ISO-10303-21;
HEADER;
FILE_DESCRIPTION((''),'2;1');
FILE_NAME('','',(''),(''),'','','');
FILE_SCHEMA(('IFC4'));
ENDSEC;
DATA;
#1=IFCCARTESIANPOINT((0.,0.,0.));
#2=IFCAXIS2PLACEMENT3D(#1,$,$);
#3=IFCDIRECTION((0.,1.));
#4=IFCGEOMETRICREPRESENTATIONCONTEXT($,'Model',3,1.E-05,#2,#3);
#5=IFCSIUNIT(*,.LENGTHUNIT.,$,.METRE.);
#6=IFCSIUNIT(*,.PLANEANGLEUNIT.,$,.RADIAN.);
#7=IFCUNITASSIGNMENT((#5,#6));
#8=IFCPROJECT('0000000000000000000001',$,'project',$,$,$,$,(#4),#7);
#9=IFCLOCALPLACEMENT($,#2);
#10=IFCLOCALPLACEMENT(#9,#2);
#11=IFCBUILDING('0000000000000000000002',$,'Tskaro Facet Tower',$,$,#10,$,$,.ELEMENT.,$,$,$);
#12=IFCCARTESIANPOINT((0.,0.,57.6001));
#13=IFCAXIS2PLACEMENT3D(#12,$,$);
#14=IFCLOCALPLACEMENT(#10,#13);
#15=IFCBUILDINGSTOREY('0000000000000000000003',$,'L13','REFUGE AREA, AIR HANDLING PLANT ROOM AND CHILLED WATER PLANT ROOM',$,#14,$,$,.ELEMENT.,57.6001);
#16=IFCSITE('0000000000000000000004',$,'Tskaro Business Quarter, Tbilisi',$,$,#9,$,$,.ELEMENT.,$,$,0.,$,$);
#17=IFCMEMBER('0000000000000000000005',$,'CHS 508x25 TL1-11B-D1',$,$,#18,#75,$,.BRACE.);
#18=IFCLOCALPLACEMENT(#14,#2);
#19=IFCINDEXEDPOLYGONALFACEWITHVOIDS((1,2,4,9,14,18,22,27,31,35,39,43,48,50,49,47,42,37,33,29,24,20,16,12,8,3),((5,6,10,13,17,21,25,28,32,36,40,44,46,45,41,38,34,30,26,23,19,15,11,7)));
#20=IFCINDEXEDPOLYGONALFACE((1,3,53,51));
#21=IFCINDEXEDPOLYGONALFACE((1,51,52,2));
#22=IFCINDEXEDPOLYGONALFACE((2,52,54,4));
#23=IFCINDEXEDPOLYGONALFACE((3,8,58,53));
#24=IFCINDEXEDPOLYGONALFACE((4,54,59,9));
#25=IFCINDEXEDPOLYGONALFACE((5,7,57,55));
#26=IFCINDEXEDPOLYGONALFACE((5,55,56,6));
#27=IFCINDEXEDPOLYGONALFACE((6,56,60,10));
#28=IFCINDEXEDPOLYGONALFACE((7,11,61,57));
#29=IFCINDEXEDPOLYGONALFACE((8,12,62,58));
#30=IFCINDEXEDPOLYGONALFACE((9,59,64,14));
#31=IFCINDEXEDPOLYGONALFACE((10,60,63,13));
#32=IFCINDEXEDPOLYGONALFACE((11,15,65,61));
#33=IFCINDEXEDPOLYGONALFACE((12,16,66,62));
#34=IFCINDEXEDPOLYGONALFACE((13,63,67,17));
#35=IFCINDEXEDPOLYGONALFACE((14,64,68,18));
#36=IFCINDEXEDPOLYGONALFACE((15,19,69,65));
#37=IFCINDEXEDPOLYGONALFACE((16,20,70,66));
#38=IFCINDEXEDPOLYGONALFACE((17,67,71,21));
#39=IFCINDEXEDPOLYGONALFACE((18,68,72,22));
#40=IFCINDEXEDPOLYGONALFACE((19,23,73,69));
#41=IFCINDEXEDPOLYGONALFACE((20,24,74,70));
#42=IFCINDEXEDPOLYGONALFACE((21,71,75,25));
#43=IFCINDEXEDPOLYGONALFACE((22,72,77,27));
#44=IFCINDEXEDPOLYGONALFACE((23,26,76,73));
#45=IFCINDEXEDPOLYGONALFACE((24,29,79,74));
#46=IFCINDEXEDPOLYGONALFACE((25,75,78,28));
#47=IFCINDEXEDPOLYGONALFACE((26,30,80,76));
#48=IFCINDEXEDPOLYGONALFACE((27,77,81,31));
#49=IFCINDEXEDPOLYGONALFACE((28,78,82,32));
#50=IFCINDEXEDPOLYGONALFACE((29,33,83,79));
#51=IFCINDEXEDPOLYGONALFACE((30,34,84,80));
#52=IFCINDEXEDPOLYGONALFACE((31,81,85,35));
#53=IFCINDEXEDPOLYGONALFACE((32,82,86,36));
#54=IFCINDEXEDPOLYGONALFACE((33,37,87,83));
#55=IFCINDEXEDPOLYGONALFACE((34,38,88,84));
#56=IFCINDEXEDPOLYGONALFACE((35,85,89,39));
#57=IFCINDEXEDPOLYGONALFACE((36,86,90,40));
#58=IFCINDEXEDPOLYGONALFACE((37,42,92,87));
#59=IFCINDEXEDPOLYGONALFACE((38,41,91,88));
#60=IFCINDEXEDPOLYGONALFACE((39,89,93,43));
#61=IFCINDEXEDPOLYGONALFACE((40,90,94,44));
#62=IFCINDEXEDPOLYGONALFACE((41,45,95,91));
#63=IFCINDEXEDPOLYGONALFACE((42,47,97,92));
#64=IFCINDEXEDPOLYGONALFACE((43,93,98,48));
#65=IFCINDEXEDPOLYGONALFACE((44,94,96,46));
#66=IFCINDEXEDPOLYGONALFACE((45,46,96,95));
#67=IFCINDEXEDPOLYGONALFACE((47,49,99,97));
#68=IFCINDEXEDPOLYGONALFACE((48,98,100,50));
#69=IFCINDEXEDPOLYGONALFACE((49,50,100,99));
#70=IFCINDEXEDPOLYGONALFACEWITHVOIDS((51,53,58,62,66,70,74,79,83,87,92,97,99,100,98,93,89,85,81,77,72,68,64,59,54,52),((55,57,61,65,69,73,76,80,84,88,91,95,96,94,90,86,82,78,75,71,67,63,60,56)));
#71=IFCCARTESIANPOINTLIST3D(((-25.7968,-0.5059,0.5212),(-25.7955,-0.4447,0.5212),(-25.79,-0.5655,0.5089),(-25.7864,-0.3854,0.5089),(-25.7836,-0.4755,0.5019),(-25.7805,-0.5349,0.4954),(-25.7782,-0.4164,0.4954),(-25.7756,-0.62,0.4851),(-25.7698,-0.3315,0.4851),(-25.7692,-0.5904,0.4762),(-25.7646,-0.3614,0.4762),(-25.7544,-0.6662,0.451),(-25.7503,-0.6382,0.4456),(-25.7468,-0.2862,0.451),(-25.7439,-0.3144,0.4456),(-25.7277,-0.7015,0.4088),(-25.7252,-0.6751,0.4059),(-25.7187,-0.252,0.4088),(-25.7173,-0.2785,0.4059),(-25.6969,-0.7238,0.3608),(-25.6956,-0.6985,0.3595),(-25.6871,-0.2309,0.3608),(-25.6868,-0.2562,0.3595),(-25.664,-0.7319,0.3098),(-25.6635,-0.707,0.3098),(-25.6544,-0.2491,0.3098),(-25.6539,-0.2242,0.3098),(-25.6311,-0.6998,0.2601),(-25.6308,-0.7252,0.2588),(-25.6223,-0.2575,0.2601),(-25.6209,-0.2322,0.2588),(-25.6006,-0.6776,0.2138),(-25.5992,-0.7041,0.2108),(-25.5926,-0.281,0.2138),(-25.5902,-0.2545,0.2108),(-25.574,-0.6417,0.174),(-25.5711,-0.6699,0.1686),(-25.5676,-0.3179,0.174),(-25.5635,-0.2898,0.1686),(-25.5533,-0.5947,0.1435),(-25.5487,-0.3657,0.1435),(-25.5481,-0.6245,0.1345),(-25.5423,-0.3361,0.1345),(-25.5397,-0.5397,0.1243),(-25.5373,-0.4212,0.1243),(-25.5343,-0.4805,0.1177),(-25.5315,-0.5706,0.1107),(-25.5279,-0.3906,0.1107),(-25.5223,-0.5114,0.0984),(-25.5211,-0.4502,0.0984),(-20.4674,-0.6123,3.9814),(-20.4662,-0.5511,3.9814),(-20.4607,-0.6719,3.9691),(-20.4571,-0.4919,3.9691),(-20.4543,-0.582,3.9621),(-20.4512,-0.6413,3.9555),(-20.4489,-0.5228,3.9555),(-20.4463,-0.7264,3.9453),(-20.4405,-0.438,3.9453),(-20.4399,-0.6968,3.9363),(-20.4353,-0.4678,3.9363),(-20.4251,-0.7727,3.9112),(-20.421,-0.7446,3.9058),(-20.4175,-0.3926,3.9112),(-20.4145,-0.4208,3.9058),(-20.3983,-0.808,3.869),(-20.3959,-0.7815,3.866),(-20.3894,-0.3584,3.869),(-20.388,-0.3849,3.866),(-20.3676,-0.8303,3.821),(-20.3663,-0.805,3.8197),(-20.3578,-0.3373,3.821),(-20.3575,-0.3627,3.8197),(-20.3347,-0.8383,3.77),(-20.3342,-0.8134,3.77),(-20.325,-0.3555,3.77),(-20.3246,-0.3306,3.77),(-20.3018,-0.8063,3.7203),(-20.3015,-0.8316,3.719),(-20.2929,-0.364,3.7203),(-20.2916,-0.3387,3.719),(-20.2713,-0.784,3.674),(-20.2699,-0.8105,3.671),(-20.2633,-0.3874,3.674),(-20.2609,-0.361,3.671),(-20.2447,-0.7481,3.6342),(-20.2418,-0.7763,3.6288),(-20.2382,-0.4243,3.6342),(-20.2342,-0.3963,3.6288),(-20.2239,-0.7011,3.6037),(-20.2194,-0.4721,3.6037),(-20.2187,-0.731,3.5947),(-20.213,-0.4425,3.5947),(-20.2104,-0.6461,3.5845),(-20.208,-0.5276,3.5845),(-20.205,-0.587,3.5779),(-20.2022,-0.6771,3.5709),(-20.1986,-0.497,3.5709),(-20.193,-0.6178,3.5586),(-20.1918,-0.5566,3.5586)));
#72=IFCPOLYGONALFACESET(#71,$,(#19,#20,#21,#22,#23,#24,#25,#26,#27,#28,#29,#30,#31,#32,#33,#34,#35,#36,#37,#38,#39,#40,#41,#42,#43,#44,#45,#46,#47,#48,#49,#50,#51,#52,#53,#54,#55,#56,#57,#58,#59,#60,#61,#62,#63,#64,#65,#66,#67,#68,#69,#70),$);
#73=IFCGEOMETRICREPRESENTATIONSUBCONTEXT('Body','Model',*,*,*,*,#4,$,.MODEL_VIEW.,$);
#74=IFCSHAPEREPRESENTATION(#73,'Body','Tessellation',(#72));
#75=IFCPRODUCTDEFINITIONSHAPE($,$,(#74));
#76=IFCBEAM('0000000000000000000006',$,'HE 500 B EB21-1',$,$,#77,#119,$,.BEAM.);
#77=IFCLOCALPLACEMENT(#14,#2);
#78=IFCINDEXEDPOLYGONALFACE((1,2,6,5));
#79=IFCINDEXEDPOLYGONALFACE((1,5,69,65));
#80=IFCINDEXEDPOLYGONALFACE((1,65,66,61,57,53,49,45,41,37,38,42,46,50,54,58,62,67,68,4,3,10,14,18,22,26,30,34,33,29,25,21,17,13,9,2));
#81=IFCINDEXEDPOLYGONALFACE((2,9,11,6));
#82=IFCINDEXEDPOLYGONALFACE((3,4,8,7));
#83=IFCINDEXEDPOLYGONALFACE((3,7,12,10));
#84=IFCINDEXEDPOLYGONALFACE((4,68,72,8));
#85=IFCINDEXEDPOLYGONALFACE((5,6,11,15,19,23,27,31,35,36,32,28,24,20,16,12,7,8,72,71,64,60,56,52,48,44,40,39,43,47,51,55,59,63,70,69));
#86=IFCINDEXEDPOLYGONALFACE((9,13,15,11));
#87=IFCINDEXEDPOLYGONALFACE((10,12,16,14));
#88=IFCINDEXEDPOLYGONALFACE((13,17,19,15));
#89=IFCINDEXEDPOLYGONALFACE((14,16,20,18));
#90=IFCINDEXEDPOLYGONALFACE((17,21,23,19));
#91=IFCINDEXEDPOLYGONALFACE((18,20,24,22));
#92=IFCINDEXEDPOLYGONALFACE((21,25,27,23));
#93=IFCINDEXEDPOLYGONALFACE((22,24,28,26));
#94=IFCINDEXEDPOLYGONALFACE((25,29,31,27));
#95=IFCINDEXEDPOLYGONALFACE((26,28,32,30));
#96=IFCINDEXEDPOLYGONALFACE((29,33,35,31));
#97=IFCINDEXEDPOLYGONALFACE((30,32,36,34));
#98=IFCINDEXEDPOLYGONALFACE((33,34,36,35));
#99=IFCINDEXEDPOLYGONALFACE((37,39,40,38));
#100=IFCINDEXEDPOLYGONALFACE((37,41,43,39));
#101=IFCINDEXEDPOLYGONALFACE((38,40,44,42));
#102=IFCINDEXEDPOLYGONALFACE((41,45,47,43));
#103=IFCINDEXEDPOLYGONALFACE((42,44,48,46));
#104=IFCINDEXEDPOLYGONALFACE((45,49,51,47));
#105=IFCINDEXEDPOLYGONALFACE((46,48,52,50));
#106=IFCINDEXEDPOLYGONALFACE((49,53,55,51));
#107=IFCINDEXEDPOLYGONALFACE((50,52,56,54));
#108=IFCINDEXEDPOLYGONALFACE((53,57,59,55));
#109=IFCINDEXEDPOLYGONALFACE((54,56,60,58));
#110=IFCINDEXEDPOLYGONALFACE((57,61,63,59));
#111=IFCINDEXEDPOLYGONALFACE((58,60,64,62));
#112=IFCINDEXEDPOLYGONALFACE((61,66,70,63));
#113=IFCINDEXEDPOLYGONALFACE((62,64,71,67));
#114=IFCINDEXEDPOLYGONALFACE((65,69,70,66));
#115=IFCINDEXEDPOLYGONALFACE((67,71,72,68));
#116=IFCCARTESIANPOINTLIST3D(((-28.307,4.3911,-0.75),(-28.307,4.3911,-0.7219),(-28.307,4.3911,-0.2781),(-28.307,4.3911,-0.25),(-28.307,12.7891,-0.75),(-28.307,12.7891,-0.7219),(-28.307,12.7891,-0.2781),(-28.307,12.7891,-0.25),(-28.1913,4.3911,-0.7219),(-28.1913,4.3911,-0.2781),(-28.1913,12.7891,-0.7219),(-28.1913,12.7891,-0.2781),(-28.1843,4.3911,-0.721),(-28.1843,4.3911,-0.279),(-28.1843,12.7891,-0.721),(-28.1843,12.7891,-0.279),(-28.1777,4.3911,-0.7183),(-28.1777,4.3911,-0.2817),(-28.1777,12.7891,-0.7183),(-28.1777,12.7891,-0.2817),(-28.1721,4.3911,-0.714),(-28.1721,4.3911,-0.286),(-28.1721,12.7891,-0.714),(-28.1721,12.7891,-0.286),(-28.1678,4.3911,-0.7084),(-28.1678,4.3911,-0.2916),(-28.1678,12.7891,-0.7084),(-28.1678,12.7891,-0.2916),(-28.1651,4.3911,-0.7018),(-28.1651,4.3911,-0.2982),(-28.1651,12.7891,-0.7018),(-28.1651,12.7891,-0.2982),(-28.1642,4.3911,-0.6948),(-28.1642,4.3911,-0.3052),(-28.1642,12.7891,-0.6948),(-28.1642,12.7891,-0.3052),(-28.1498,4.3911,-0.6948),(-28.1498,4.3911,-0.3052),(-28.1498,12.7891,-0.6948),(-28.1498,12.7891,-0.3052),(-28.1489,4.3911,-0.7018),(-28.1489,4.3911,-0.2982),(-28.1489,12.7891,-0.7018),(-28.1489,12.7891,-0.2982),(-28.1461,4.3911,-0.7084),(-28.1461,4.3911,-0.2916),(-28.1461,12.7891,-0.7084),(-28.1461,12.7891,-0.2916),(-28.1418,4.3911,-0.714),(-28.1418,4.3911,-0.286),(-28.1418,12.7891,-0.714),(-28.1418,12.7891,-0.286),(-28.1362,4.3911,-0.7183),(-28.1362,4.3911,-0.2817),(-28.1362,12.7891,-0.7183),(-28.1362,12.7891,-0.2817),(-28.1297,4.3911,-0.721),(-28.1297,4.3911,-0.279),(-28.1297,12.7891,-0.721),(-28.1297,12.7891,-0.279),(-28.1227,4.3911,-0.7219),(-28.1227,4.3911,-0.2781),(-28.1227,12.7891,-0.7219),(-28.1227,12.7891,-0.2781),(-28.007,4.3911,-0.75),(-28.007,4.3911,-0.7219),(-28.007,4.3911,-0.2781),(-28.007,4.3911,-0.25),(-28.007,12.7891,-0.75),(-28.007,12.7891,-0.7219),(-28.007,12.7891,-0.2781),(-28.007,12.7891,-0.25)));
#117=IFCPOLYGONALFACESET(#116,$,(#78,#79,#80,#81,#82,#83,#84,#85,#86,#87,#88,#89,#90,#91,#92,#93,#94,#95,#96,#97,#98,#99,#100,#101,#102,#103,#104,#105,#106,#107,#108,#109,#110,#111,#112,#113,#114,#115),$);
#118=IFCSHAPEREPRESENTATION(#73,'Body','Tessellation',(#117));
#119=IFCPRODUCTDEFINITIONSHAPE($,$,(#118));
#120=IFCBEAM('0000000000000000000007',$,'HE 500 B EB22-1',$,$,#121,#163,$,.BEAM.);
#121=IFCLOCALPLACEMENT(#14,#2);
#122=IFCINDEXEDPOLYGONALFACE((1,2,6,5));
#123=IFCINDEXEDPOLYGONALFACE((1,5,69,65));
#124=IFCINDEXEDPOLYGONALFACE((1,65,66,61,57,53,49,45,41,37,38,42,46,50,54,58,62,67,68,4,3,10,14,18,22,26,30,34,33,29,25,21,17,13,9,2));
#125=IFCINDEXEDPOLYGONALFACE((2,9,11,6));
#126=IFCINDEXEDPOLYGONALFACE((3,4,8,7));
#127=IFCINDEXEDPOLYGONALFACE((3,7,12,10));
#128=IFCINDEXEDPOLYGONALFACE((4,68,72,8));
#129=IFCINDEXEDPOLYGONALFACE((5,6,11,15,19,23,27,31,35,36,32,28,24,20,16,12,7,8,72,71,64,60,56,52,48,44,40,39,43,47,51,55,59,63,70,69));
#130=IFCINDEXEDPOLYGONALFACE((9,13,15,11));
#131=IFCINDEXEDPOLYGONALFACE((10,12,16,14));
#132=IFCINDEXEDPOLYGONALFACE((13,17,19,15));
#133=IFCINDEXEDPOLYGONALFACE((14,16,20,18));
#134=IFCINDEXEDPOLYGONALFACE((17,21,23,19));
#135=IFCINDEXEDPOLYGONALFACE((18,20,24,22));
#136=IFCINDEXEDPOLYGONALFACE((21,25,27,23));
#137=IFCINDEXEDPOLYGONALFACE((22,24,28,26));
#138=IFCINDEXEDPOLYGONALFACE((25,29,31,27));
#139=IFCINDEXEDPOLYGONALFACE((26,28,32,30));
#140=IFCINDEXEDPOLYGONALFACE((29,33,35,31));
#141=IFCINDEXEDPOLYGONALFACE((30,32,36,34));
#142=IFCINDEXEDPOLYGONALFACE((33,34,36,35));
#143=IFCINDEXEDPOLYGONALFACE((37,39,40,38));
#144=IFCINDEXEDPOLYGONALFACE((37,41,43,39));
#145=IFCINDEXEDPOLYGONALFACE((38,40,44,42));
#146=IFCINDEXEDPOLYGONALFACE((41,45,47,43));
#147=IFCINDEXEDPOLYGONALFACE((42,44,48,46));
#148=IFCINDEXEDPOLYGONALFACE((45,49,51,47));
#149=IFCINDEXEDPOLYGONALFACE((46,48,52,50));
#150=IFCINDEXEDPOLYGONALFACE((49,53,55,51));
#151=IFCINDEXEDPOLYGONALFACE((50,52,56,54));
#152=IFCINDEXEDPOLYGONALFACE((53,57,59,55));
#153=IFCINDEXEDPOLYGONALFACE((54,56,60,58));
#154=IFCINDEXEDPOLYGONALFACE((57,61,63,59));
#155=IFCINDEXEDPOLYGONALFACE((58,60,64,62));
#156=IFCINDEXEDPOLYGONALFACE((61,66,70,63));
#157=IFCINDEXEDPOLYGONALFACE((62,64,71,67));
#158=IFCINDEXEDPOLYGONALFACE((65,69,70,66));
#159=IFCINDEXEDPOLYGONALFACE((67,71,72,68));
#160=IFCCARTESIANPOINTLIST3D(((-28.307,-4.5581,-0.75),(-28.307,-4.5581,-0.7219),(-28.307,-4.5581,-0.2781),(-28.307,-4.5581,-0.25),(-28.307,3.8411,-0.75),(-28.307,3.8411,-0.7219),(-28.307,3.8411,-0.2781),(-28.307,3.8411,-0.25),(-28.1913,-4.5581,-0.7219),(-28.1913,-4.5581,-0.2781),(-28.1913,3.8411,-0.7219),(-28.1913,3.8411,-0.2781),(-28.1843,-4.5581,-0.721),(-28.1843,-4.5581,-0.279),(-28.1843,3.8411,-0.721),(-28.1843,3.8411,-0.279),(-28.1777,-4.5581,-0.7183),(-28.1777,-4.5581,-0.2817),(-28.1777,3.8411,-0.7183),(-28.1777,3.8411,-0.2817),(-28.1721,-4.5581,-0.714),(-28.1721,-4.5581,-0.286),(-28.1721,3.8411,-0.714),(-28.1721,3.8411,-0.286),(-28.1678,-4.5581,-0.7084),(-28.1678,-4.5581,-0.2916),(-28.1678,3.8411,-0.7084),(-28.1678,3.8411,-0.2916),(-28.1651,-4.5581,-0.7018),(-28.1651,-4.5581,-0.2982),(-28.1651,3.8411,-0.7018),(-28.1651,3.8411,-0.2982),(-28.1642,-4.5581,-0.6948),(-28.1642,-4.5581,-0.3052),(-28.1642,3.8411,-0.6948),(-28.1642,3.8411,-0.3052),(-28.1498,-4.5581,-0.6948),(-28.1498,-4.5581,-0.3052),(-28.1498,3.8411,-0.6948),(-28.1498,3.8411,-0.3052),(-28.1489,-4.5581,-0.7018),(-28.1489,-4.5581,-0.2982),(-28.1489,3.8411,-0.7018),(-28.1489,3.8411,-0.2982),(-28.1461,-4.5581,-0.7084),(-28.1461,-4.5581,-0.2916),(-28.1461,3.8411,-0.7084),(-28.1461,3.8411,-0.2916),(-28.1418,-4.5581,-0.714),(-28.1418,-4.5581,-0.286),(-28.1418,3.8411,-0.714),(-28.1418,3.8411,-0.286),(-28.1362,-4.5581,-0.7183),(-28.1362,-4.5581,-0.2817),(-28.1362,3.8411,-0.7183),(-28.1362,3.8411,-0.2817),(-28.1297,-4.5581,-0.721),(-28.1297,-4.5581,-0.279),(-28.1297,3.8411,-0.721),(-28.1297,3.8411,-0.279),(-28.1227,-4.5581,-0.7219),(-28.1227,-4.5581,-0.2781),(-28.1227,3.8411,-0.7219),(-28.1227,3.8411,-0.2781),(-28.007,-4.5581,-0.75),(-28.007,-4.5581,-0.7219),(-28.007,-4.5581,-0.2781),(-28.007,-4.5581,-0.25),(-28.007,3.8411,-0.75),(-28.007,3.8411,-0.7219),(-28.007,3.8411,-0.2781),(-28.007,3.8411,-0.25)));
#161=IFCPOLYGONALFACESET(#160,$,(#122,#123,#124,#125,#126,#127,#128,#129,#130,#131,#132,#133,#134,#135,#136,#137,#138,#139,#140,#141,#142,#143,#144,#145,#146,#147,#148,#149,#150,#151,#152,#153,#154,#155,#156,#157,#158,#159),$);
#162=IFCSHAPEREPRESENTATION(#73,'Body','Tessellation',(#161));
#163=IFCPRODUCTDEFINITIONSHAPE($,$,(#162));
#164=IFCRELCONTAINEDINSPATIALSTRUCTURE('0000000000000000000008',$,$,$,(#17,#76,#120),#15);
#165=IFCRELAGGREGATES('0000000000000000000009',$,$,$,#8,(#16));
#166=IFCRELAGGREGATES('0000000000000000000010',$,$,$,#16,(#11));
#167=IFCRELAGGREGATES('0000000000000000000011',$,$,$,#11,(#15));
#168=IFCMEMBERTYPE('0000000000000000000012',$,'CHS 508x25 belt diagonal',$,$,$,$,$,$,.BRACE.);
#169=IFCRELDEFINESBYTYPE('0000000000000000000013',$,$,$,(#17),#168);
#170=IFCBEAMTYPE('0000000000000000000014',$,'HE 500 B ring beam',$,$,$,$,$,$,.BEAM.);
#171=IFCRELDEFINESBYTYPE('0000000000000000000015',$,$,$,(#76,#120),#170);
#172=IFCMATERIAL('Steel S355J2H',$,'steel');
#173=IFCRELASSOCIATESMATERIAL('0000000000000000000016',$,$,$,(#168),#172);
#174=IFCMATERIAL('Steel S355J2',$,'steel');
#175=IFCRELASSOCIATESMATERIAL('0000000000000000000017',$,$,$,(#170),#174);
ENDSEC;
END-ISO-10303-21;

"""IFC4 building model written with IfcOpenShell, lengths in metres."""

from ifc_helpers import new_model, si_unit, direction, frame, origin, origin_2d, place, context, subcontext, project, spatial, hollow_circle, i_section, extrude, material, material_profile, profile_set, type_object, element, save


model = new_model("IFC4")

# Units and contexts
model_context = context("Model", 3, precision=1e-05, world=origin(), true_north=direction((0.0, 1.0)))
body_context = subcontext(model_context, "Body", "Model", "MODEL_VIEW")
ifc_project = project(units=[si_unit("LENGTHUNIT", "METRE"), si_unit("PLANEANGLEUNIT", "RADIAN")], contexts=[model_context])

# Site, building, storey
site_placement = place(None, origin())
site = spatial("IfcSite", under=ifc_project, at=site_placement, Name="Tskaro Business Quarter, Tbilisi", CompositionType="ELEMENT", RefElevation=0.0)
building_placement = place(site_placement, origin())
building = spatial("IfcBuilding", under=site, at=building_placement, Name="Tskaro Facet Tower", CompositionType="ELEMENT")
storey_placement = place(building_placement, frame((0.0, 0.0, 57.6001)))
storey = spatial("IfcBuildingStorey", under=building, at=storey_placement, Name="L13", Description="REFUGE AREA, AIR HANDLING PLANT ROOM AND CHILLED WATER PLANT ROOM", CompositionType="ELEMENT", Elevation=57.6001)

# Shared definitions
ifc_material_1 = material(Name="Steel S355J2H", Category="steel")

# Shared definitions
ifc_material_2 = material(Name="Steel S355J2", Category="steel")

# Member
ifc_material_profile_1 = material_profile(ifc_material_1, hollow_circle(Radius=0.2539, WallThickness=0.0249, at=origin_2d()), Name="CHS 508x25")
ifc_profile_set_1 = profile_set([ifc_material_profile_1], Name="Steel S355J2H")
member_type_1 = type_object("IfcMemberType", Name="CHS 508x25 belt diagonal", PredefinedType="BRACE", material=ifc_profile_set_1)
member_1_placement = place(storey_placement, frame((-25.6589, -0.478, 0.3098), z_axis=(0.838604, -0.01675, 0.544484), x_axis=(0.019969, 0.999801, 0.0)))
element("IfcMember", 1, at=member_1_placement, inside=storey, type_object=member_type_1, Name="CHS 508x25 TL1-11B-D1", PredefinedType="BRACE", context=body_context, shape_type="SweptSolid", body=[
    extrude(hollow_circle(Radius=0.2539, WallThickness=0.0249, at=origin_2d()), origin(), (0.0, 0.0, 1.0), 6.355),
])

# Beams
ifc_material_profile_2 = material_profile(ifc_material_2, i_section(OverallWidth=0.3, OverallDepth=0.5, WebThickness=0.0144, FlangeThickness=0.0281, FilletRadius=0.0271, at=origin_2d()), Name="HE 500 B")
ifc_profile_set_2 = profile_set([ifc_material_profile_2], Name="Steel S355J2")
beam_type_1 = type_object("IfcBeamType", Name="HE 500 B ring beam", PredefinedType="BEAM", material=ifc_profile_set_2)
beam_1_placement = place(storey_placement, frame((-28.157, 12.7891, -0.5), z_axis=(0.0, -1.0, 0.0), x_axis=(1.0, 0.0, 0.0)))
element("IfcBeam", 2, at=beam_1_placement, inside=storey, type_object=beam_type_1, Name="HE 500 B EB21-1", PredefinedType="BEAM", context=body_context, shape_type="SweptSolid", body=[
    extrude(i_section(OverallWidth=0.3, OverallDepth=0.5, WebThickness=0.0144, FlangeThickness=0.0281, FilletRadius=0.0271, at=origin_2d()), origin(), (0.0, 0.0, 1.0), 8.3979),
])
beam_2_placement = place(storey_placement, frame((-28.157, 3.8411, -0.5), z_axis=(0.0, -1.0, 0.0), x_axis=(1.0, 0.0, 0.0)))
element("IfcBeam", 3, at=beam_2_placement, inside=storey, type_object=beam_type_1, Name="HE 500 B EB22-1", PredefinedType="BEAM", context=body_context, shape_type="SweptSolid", body=[
    extrude(i_section(OverallWidth=0.3, OverallDepth=0.5, WebThickness=0.0144, FlangeThickness=0.0281, FilletRadius=0.0271, at=origin_2d()), origin(), (0.0, 0.0, 1.0), 8.3992),
])

save(model, "model.ifc")
